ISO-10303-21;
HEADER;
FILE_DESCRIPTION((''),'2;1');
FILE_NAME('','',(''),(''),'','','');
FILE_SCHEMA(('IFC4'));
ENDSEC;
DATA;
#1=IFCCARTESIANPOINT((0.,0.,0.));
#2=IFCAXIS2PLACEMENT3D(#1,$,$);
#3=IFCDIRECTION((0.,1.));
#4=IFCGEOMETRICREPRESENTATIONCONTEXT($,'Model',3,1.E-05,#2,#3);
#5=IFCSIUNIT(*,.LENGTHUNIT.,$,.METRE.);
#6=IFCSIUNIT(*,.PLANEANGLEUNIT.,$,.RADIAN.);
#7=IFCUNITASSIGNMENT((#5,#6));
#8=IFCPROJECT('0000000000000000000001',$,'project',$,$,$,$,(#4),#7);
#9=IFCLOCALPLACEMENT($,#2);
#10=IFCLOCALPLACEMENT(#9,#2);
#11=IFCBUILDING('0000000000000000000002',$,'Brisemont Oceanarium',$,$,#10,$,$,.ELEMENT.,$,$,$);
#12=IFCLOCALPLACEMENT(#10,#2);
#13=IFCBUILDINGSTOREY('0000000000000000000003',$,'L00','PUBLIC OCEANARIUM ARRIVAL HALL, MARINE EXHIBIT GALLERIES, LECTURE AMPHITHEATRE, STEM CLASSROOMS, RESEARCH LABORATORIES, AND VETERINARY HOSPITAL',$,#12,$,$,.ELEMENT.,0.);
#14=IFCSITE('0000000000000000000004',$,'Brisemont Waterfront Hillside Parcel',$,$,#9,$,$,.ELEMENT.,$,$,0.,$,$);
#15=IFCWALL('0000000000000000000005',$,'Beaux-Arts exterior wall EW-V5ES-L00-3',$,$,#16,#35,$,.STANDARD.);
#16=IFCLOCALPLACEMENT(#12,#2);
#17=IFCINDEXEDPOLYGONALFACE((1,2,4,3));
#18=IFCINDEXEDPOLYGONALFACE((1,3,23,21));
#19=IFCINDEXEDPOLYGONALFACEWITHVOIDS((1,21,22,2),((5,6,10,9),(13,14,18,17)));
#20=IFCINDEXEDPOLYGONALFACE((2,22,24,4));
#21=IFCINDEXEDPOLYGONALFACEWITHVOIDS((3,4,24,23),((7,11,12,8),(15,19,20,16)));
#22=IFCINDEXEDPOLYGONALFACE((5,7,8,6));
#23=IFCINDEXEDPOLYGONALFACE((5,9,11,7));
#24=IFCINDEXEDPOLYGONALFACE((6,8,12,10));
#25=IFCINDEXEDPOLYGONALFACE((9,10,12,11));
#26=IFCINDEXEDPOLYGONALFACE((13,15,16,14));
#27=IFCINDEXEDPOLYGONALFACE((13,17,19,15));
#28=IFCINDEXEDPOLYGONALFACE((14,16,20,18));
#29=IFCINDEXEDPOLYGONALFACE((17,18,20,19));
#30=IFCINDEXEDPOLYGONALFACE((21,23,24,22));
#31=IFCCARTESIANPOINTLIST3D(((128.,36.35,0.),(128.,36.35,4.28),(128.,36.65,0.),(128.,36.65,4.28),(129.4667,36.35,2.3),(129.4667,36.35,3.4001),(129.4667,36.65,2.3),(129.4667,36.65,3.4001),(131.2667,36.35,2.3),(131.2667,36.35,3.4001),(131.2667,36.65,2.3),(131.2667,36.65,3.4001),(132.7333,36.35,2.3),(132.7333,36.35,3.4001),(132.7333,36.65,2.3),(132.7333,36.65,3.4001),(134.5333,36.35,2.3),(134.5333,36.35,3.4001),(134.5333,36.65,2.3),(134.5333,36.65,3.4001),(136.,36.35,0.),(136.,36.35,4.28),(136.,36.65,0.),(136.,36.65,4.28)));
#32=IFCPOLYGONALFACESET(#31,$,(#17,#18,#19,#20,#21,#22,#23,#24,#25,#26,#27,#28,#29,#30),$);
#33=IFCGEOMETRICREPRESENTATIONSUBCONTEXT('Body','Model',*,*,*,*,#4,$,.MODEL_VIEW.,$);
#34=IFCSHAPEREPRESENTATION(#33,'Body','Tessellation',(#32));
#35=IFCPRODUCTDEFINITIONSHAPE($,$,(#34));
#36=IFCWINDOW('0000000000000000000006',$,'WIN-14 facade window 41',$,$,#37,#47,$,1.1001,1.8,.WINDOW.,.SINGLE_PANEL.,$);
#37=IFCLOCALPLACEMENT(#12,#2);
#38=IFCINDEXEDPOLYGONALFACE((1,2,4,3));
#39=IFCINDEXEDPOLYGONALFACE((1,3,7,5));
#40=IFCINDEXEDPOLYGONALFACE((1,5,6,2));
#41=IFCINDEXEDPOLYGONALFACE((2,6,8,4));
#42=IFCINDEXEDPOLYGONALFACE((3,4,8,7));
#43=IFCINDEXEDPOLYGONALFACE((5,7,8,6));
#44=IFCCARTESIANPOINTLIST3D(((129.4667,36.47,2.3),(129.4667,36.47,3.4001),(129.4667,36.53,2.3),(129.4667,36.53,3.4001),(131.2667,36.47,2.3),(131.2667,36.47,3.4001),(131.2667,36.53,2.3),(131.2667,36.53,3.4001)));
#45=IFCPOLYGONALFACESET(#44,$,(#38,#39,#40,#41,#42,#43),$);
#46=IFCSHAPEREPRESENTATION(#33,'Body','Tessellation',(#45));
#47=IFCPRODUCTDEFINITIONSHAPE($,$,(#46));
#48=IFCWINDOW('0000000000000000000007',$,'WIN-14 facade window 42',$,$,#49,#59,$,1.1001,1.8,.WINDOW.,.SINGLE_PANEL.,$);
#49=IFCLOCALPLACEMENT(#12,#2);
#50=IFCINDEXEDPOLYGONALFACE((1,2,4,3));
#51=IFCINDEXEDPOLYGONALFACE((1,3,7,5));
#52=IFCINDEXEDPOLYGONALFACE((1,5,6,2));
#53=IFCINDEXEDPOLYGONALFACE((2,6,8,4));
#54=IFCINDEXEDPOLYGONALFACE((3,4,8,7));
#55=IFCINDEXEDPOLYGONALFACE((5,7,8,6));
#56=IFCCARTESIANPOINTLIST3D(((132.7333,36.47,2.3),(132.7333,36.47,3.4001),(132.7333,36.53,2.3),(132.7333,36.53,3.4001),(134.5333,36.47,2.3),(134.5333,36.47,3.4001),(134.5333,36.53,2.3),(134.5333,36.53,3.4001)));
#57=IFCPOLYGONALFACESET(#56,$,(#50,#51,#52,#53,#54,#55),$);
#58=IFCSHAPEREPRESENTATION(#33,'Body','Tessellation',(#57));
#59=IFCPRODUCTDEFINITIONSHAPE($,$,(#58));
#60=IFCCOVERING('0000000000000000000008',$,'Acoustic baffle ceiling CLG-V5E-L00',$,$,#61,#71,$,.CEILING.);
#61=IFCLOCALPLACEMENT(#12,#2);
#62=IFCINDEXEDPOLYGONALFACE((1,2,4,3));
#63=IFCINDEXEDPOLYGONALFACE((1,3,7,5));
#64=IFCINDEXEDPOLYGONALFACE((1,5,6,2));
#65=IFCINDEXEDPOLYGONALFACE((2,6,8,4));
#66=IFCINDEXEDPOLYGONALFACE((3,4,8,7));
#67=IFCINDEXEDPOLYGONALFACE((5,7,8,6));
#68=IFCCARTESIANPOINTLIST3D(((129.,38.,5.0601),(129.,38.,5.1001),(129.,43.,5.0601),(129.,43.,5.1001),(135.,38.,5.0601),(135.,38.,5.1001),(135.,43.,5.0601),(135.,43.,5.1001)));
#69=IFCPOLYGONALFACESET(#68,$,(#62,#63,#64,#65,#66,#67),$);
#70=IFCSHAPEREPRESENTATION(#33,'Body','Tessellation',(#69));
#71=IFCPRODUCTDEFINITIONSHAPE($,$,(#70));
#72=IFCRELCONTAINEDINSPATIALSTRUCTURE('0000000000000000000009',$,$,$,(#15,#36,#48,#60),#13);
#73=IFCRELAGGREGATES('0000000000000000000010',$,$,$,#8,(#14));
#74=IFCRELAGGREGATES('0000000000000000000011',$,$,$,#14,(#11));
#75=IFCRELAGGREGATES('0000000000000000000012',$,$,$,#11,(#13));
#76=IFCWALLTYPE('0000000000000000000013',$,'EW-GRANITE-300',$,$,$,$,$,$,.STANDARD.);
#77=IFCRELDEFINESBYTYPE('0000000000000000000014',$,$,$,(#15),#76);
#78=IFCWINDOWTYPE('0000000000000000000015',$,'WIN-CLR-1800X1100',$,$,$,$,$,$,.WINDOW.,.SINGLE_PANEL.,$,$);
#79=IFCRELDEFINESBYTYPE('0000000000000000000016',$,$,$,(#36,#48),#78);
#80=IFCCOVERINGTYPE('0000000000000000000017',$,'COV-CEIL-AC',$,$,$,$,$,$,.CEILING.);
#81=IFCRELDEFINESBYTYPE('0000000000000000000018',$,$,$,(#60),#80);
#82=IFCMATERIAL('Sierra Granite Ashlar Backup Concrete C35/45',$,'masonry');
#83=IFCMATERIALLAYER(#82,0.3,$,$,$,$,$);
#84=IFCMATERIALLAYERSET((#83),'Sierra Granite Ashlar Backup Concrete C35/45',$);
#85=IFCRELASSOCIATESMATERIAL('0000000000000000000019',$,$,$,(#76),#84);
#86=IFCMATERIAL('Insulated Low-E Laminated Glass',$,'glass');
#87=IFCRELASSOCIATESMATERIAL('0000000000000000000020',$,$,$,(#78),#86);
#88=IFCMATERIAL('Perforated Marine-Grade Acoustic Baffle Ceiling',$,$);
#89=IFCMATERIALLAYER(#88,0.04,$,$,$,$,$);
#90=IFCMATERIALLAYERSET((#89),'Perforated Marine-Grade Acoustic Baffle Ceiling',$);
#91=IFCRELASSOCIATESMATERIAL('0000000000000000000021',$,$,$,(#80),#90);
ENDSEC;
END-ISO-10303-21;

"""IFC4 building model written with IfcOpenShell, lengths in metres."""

from ifc_helpers import new_model, si_unit, direction, frame, frame_2d, origin, origin_2d, place, context, subcontext, project, spatial, rectangle, extrude, material, layer, layer_set, type_object, element, fill, save


model = new_model("IFC4")

# Units and contexts
model_context = context("Model", 3, precision=1e-05, world=origin(), true_north=direction((0.0, 1.0)))
body_context = subcontext(model_context, "Body", "Model", "MODEL_VIEW")
ifc_project = project(units=[si_unit("LENGTHUNIT", "METRE"), si_unit("PLANEANGLEUNIT", "RADIAN")], contexts=[model_context])

# Site, building, storey
site_placement = place(None, origin())
site = spatial("IfcSite", under=ifc_project, at=site_placement, Name="Brisemont Waterfront Hillside Parcel", CompositionType="ELEMENT", RefElevation=0.0)
building_placement = place(site_placement, origin())
building = spatial("IfcBuilding", under=site, at=building_placement, Name="Brisemont Oceanarium", CompositionType="ELEMENT")
storey_placement = place(building_placement, origin())
storey = spatial("IfcBuildingStorey", under=building, at=storey_placement, Name="L00", Description="PUBLIC OCEANARIUM ARRIVAL HALL, MARINE EXHIBIT GALLERIES, LECTURE AMPHITHEATRE, STEM CLASSROOMS, RESEARCH LABORATORIES, AND VETERINARY HOSPITAL", CompositionType="ELEMENT", Elevation=0.0)

# Wall, openings, windows
ifc_material_1 = material(Name="Sierra Granite Ashlar Backup Concrete C35/45", Category="masonry")
ifc_layer_1 = layer(ifc_material_1, 0.3)
ifc_layer_set_1 = layer_set([ifc_layer_1], Name="Sierra Granite Ashlar Backup Concrete C35/45")
wall_type = type_object("IfcWallType", Name="EW-GRANITE-300", PredefinedType="STANDARD", material=ifc_layer_set_1)
wall_placement = place(storey_placement, frame((128.0, 36.5, 0.0), z_axis=(0.0, 0.0, 1.0), x_axis=(1.0, 0.0, 0.0)))
wall = element("IfcWall", 1, at=wall_placement, inside=storey, type_object=wall_type, Name="Beaux-Arts exterior wall EW-V5ES-L00-3", PredefinedType="STANDARD", context=body_context, shape_type="SweptSolid", body=[
    extrude(rectangle(XDim=8.0, YDim=0.3, at=frame_2d((4.0, 0.0))), origin(), (0.0, 0.0, 1.0), 4.28),
])
opening_1_placement = place(wall_placement, frame((1.4668, 0.0, 2.3)))
opening_1 = element("IfcOpeningElement", 2, at=opening_1_placement, cuts=wall, PredefinedType="OPENING", context=body_context, shape_type="SweptSolid", body=[
    extrude(rectangle(XDim=1.8, YDim=1.1001, at=frame_2d((0.8999, 0.55))), frame((0.0, 0.1599, 0.0), z_axis=(0.0, -1.0, 0.0), x_axis=(1.0, 0.0, 0.0)), (0.0, 0.0, 1.0), 0.3201),
])
opening_2_placement = place(wall_placement, frame((4.7334, 0.0, 2.3)))
opening_2 = element("IfcOpeningElement", 3, at=opening_2_placement, cuts=wall, PredefinedType="OPENING", context=body_context, shape_type="SweptSolid", body=[
    extrude(rectangle(XDim=1.8, YDim=1.1001, at=frame_2d((0.8999, 0.55))), frame((0.0, 0.1599, 0.0), z_axis=(0.0, -1.0, 0.0), x_axis=(1.0, 0.0, 0.0)), (0.0, 0.0, 1.0), 0.3201),
])
ifc_material_2 = material(Name="Insulated Low-E Laminated Glass", Category="glass")
window_type = type_object("IfcWindowType", Name="WIN-CLR-1800X1100", PartitioningType="SINGLE_PANEL", PredefinedType="WINDOW", material=ifc_material_2)
window_1_placement = place(opening_1_placement, origin())
window_1 = element("IfcWindow", 4, at=window_1_placement, inside=storey, type_object=window_type, Name="WIN-14 facade window 41", OverallHeight=1.1001, OverallWidth=1.8, PartitioningType="SINGLE_PANEL", PredefinedType="WINDOW", context=body_context, shape_type="SweptSolid", body=[
    extrude(rectangle(XDim=1.8, YDim=1.1001, at=frame_2d((0.8999, 0.55))), frame((0.0, 0.03, 0.0), z_axis=(0.0, -1.0, 0.0), x_axis=(1.0, 0.0, 0.0)), (0.0, 0.0, 1.0), 0.0601),
])
fill(opening_1, window_1)
window_2_placement = place(opening_2_placement, origin())
window_2 = element("IfcWindow", 5, at=window_2_placement, inside=storey, type_object=window_type, Name="WIN-14 facade window 42", OverallHeight=1.1001, OverallWidth=1.8, PartitioningType="SINGLE_PANEL", PredefinedType="WINDOW", context=body_context, shape_type="SweptSolid", body=[
    extrude(rectangle(XDim=1.8, YDim=1.1001, at=frame_2d((0.8999, 0.55))), frame((0.0, 0.03, 0.0), z_axis=(0.0, -1.0, 0.0), x_axis=(1.0, 0.0, 0.0)), (0.0, 0.0, 1.0), 0.0601),
])
fill(opening_2, window_2)

# Covering
ifc_material_3 = material(Name="Perforated Marine-Grade Acoustic Baffle Ceiling")
ifc_layer_2 = layer(ifc_material_3, 0.04)
ifc_layer_set_2 = layer_set([ifc_layer_2], Name="Perforated Marine-Grade Acoustic Baffle Ceiling")
covering_type = type_object("IfcCoveringType", Name="COV-CEIL-AC", PredefinedType="CEILING", material=ifc_layer_set_2)
covering_placement = place(storey_placement, frame((132.0, 40.5, 5.0601), z_axis=(0.0, 0.0, 1.0), x_axis=(1.0, 0.0, 0.0)))
element("IfcCovering", 6, at=covering_placement, inside=storey, type_object=covering_type, Name="Acoustic baffle ceiling CLG-V5E-L00", PredefinedType="CEILING", context=body_context, shape_type="SweptSolid", body=[
    extrude(rectangle(XDim=6.0, YDim=5.0, at=origin_2d()), origin(), (0.0, 0.0, 1.0), 0.04),
])

save(model, "model.ifc")
